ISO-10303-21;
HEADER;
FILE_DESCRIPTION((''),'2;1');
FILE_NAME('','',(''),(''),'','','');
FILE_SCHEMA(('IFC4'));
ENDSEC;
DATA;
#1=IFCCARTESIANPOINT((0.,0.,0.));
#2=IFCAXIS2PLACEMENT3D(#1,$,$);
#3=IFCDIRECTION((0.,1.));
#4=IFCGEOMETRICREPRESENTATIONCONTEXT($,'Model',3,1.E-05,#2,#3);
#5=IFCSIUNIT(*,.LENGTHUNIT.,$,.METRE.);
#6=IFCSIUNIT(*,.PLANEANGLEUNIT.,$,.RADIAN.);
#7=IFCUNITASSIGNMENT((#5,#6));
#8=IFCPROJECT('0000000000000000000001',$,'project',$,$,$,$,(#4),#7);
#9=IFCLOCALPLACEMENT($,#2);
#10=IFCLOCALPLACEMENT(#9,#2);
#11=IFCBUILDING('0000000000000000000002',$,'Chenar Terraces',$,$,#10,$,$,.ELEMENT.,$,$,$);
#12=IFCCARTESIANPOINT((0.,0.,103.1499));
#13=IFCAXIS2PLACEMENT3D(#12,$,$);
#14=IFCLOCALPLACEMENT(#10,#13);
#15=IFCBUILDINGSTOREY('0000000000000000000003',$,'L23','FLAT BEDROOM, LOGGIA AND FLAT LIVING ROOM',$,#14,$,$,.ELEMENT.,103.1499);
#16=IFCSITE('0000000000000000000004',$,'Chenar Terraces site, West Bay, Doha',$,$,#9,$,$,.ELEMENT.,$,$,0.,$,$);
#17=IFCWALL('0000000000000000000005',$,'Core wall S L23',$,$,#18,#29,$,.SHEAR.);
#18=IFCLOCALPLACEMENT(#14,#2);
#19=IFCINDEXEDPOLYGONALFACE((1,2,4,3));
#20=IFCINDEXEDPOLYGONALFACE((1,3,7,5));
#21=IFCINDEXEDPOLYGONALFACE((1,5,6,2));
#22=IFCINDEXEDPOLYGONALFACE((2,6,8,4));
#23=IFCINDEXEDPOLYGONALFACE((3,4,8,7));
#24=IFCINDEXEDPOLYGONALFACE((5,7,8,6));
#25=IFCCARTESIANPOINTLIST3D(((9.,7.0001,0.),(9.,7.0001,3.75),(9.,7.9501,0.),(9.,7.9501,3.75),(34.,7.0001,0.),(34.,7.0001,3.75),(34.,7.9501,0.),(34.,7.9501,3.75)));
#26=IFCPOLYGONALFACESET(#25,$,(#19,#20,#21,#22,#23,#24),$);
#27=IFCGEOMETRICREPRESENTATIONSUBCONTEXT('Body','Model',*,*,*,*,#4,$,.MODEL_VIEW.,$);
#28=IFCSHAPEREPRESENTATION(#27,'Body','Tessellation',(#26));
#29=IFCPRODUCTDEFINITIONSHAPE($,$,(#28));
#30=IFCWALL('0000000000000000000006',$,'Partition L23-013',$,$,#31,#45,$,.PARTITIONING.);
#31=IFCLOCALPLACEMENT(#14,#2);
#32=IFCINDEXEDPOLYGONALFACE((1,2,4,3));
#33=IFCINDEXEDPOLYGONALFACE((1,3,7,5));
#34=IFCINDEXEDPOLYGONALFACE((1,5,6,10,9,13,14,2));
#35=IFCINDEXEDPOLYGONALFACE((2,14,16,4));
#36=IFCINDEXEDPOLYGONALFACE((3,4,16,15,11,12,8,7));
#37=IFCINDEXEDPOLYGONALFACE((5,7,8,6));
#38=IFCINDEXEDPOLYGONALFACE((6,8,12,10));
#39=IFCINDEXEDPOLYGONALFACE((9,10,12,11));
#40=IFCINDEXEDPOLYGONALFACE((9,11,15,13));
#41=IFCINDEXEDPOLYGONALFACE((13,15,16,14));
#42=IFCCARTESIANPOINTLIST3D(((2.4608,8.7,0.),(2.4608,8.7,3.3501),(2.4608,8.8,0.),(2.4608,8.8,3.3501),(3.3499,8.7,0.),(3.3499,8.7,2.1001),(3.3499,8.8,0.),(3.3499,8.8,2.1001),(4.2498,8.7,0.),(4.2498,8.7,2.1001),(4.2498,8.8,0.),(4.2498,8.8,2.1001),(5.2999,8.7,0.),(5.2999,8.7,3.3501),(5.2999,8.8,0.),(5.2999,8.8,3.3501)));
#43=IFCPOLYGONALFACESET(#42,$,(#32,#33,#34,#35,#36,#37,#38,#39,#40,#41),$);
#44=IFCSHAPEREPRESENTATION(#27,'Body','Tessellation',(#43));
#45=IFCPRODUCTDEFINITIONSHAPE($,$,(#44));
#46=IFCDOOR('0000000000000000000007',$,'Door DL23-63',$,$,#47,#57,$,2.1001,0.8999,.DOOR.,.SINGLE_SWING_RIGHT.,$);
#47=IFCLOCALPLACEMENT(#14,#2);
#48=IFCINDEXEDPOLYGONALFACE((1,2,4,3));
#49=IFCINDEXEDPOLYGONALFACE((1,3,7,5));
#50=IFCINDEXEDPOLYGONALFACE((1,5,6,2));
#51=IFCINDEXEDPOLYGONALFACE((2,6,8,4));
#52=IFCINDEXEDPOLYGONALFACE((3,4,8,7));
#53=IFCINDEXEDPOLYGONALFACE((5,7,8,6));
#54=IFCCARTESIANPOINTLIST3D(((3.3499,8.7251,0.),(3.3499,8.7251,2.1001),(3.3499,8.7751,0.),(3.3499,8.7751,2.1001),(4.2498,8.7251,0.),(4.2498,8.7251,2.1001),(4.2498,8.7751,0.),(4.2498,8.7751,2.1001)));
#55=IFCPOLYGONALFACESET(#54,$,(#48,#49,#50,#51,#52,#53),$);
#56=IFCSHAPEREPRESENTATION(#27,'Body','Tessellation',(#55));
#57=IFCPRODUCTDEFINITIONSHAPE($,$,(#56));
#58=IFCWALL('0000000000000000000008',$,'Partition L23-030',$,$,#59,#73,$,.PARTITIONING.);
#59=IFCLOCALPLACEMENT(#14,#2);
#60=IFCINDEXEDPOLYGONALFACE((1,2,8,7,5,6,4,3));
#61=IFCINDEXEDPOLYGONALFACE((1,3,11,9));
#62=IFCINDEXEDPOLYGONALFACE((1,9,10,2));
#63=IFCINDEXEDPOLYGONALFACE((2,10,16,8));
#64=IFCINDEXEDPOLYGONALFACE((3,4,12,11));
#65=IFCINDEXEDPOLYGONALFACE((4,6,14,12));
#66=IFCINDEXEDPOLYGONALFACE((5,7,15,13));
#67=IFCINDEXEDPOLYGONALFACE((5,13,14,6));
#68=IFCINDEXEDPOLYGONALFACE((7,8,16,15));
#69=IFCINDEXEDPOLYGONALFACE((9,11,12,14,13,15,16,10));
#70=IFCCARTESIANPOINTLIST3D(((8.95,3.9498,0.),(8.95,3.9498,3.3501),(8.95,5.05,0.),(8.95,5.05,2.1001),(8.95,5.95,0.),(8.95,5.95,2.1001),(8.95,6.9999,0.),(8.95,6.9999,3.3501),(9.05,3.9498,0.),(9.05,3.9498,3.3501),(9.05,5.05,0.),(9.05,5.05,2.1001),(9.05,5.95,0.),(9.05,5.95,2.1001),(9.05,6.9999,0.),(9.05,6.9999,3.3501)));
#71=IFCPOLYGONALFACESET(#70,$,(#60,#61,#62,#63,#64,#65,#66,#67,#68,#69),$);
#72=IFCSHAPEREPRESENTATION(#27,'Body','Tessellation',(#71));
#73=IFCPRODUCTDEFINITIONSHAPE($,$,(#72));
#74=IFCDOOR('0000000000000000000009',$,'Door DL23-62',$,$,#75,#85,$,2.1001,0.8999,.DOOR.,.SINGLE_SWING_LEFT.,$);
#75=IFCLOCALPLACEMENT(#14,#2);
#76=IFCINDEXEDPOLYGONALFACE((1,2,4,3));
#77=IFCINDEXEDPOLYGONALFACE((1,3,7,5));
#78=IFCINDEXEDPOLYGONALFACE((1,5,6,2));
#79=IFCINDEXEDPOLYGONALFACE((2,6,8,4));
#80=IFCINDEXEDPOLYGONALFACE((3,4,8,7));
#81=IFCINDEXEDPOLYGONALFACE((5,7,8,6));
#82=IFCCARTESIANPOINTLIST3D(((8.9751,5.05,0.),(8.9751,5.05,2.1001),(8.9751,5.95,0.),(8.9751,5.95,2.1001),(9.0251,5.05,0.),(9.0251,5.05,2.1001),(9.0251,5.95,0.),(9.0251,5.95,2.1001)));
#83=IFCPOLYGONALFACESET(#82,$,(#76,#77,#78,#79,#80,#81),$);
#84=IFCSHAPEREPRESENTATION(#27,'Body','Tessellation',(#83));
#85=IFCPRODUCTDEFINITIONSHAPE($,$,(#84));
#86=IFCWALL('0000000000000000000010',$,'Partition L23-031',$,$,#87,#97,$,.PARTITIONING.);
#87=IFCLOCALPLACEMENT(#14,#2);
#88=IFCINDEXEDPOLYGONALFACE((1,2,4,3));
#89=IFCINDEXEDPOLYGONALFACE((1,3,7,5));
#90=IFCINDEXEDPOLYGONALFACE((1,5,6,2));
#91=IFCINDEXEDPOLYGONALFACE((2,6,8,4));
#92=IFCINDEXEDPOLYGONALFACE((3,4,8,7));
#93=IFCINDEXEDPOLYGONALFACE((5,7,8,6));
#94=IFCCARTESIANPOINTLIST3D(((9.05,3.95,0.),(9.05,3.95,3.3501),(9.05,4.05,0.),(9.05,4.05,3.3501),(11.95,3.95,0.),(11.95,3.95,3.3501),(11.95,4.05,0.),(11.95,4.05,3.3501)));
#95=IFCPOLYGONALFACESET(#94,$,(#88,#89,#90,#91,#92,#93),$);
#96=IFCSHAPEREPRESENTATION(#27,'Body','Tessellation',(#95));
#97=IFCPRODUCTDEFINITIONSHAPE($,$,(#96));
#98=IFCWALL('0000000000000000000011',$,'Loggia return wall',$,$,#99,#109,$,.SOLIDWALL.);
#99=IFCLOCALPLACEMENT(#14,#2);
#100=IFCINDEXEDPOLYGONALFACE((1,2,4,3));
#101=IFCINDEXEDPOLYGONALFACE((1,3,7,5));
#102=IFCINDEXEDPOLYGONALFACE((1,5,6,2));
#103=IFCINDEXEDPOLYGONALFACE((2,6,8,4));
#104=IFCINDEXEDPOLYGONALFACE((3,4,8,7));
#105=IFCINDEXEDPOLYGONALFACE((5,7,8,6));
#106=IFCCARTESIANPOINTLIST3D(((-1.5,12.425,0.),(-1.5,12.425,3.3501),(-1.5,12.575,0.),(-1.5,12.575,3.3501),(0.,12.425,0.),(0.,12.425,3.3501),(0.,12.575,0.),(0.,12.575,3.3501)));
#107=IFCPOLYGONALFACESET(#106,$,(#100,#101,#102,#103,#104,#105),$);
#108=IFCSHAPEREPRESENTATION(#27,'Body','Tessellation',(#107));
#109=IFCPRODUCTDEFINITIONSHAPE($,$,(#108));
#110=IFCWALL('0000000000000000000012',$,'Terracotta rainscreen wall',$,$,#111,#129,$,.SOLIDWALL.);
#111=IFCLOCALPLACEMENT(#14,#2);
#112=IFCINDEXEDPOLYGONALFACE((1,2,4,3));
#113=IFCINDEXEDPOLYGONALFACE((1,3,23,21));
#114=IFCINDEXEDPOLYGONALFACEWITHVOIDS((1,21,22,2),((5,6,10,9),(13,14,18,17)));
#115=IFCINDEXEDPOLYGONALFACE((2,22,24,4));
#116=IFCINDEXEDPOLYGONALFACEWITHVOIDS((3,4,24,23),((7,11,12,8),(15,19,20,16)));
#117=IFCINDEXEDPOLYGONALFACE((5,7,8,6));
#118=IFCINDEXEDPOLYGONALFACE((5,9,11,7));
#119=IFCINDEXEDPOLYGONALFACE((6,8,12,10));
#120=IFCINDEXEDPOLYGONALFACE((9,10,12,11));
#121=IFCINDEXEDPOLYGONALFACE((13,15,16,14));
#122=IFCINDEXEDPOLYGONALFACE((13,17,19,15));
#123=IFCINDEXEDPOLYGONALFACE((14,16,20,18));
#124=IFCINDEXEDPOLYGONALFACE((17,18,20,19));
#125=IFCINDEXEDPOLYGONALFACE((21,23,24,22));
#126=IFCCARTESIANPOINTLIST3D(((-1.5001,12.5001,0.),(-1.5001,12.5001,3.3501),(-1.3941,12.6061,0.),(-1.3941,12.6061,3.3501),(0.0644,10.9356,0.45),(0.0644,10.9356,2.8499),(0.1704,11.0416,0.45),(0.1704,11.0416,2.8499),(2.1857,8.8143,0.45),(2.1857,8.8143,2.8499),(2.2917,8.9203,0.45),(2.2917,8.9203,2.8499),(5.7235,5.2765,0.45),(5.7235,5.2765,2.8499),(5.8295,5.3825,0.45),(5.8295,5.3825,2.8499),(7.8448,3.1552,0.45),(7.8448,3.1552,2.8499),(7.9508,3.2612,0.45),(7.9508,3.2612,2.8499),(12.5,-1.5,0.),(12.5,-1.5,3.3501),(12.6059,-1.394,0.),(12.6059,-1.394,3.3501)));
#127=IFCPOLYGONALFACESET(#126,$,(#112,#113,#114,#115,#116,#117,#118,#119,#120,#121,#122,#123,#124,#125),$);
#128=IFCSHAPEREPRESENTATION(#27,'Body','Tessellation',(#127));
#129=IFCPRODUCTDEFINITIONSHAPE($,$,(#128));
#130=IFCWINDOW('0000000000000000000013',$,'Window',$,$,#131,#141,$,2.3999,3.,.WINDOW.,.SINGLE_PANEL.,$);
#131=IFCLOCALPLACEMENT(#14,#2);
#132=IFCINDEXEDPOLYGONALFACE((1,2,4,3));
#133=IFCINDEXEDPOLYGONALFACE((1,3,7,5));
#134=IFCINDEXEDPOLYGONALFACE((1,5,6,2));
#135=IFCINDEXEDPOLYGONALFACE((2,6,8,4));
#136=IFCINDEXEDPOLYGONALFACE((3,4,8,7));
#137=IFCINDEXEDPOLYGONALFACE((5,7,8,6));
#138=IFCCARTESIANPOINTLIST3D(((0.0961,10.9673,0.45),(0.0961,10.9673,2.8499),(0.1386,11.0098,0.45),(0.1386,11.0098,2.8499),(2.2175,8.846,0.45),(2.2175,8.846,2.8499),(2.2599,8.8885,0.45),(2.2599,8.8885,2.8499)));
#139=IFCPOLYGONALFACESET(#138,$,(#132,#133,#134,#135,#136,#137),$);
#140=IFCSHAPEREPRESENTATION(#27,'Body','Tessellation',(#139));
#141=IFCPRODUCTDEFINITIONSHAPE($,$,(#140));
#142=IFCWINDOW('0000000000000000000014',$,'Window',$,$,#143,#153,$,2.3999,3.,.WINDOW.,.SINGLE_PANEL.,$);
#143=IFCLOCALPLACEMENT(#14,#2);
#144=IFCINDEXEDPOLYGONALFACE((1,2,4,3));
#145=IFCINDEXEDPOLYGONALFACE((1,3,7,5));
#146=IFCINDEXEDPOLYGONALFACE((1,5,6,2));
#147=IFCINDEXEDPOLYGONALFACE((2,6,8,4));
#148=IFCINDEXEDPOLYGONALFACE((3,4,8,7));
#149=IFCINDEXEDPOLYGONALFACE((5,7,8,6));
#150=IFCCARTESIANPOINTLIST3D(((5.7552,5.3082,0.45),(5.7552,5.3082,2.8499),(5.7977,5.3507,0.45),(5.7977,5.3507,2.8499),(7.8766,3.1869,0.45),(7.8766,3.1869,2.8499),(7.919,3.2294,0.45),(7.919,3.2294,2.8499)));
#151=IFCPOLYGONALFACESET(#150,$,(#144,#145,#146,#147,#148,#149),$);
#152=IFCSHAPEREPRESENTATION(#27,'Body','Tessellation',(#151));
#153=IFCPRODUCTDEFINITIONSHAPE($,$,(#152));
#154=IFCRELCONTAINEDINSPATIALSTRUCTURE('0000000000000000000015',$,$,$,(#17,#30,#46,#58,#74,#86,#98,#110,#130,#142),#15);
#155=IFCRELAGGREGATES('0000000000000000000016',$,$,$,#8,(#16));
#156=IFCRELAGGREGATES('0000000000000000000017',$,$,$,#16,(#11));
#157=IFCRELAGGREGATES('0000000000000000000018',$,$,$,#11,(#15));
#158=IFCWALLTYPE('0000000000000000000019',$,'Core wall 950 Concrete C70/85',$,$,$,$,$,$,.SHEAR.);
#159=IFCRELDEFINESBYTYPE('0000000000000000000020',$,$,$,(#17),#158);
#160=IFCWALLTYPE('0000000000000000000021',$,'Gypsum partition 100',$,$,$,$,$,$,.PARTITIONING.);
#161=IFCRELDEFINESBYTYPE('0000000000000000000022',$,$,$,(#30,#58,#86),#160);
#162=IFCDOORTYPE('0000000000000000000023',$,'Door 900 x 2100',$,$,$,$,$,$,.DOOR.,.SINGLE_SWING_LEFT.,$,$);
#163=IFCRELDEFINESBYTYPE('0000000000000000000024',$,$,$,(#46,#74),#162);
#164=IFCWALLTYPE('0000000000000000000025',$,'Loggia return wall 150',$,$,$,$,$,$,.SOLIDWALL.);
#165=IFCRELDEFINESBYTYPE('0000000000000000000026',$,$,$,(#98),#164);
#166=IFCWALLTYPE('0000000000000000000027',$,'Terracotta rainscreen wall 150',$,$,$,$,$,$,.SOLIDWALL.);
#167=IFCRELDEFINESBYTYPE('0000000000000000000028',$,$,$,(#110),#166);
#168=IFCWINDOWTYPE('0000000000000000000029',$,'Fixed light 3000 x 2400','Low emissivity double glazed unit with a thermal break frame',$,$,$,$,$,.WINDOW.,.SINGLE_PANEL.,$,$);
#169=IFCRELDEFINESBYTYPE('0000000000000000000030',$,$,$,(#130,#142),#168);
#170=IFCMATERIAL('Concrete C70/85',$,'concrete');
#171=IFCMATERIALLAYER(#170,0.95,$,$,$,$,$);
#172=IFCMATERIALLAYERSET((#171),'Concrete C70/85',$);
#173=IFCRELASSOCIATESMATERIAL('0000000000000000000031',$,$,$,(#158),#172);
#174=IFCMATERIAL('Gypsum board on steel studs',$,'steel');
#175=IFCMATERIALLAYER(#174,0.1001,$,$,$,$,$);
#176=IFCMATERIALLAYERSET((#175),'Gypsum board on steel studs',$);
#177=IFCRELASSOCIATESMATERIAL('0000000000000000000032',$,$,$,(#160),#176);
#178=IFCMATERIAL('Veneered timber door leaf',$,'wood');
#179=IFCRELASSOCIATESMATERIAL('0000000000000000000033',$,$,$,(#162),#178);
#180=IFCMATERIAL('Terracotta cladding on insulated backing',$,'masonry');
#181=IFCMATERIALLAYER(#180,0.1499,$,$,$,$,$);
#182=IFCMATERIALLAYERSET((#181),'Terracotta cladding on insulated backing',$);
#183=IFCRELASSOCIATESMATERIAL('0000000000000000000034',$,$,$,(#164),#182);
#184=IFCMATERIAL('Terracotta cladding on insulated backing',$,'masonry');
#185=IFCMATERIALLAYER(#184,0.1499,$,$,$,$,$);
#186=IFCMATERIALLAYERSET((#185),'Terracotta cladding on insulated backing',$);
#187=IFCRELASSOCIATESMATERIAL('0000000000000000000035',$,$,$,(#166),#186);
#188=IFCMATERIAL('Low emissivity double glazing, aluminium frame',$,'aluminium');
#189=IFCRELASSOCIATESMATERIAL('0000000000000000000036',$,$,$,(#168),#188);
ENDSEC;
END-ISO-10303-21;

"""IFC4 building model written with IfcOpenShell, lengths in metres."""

from ifc_helpers import new_model, si_unit, direction, frame, frame_2d, origin, place, context, subcontext, project, spatial, rectangle, extrude, material, layer, layer_set, type_object, element, fill, save


model = new_model("IFC4")

# Units and contexts
model_context = context("Model", 3, precision=1e-05, world=origin(), true_north=direction((0.0, 1.0)))
body_context = subcontext(model_context, "Body", "Model", "MODEL_VIEW")
ifc_project = project(units=[si_unit("LENGTHUNIT", "METRE"), si_unit("PLANEANGLEUNIT", "RADIAN")], contexts=[model_context])

# Site, building, storey
site_placement = place(None, origin())
site = spatial("IfcSite", under=ifc_project, at=site_placement, Name="Chenar Terraces site, West Bay, Doha", CompositionType="ELEMENT", RefElevation=0.0)
building_placement = place(site_placement, origin())
building = spatial("IfcBuilding", under=site, at=building_placement, Name="Chenar Terraces", CompositionType="ELEMENT")
storey_placement = place(building_placement, frame((0.0, 0.0, 103.1499)))
storey = spatial("IfcBuildingStorey", under=building, at=storey_placement, Name="L23", Description="FLAT BEDROOM, LOGGIA AND FLAT LIVING ROOM", CompositionType="ELEMENT", Elevation=103.1499)

# Wall
ifc_material_1 = material(Name="Concrete C70/85", Category="concrete")
ifc_layer_1 = layer(ifc_material_1, 0.95)
ifc_layer_set_1 = layer_set([ifc_layer_1], Name="Concrete C70/85")
wall_type_1 = type_object("IfcWallType", Name="Core wall 950 Concrete C70/85", PredefinedType="SHEAR", material=ifc_layer_set_1)
wall_1_placement = place(storey_placement, frame((9.0, 7.4751, 0.0), z_axis=(0.0, 0.0, 1.0), x_axis=(1.0, 0.0, 0.0)))
element("IfcWall", 1, at=wall_1_placement, inside=storey, type_object=wall_type_1, Name="Core wall S L23", PredefinedType="SHEAR", context=body_context, shape_type="SweptSolid", body=[
    extrude(rectangle(XDim=25.0, YDim=0.95, at=frame_2d((12.5, 0.0))), origin(), (0.0, 0.0, 1.0), 3.75),
])

# Walls, openings, doors
ifc_material_2 = material(Name="Gypsum board on steel studs", Category="steel")
ifc_layer_2 = layer(ifc_material_2, 0.1001)
ifc_layer_set_2 = layer_set([ifc_layer_2], Name="Gypsum board on steel studs")
wall_type_2 = type_object("IfcWallType", Name="Gypsum partition 100", PredefinedType="PARTITIONING", material=ifc_layer_set_2)
wall_2_placement = place(storey_placement, frame((2.4609, 8.75, 0.0), z_axis=(0.0, 0.0, 1.0), x_axis=(1.0, 0.0, 0.0)))
wall_2 = element("IfcWall", 2, at=wall_2_placement, inside=storey, type_object=wall_type_2, Name="Partition L23-013", PredefinedType="PARTITIONING", context=body_context, shape_type="SweptSolid", body=[
    extrude(rectangle(XDim=2.8391, YDim=0.1001, at=frame_2d((1.4194, 0.0))), origin(), (0.0, 0.0, 1.0), 3.3501),
])
opening_1_placement = place(wall_2_placement, frame((0.8889, 0.0, 0.0)))
opening_1 = element("IfcOpeningElement", 3, at=opening_1_placement, cuts=wall_2, PredefinedType="OPENING", context=body_context, shape_type="SweptSolid", body=[
    extrude(rectangle(XDim=0.8999, YDim=2.1001, at=frame_2d((0.45, 1.05))), frame((0.0, 0.0601, 0.0), z_axis=(0.0, -1.0, 0.0), x_axis=(1.0, 0.0, 0.0)), (0.0, 0.0, 1.0), 0.1201),
])
ifc_material_3 = material(Name="Veneered timber door leaf", Category="wood")
door_type_1 = type_object("IfcDoorType", Name="Door 900 x 2100", OperationType="SINGLE_SWING_LEFT", PredefinedType="DOOR", material=ifc_material_3)
door_1_placement = place(opening_1_placement, frame((0.8999, 0.0, 0.0), z_axis=(0.0, 0.0, 1.0), x_axis=(-1.0, 0.0, 0.0)))
door_1 = element("IfcDoor", 4, at=door_1_placement, inside=storey, type_object=door_type_1, Name="Door DL23-63", OperationType="SINGLE_SWING_RIGHT", OverallHeight=2.1001, OverallWidth=0.8999, PredefinedType="DOOR", context=body_context, shape_type="SweptSolid", body=[
    extrude(rectangle(XDim=0.8999, YDim=2.1001, at=frame_2d((0.45, 1.05))), frame((0.0, 0.0249, 0.0), z_axis=(0.0, -1.0, 0.0), x_axis=(1.0, 0.0, 0.0)), (0.0, 0.0, 1.0), 0.05),
])
fill(opening_1, door_1)
wall_3_placement = place(storey_placement, frame((9.0, 3.95, 0.0), z_axis=(0.0, 0.0, 1.0), x_axis=(0.0, 1.0, 0.0)))
wall_3 = element("IfcWall", 5, at=wall_3_placement, inside=storey, type_object=wall_type_2, Name="Partition L23-030", PredefinedType="PARTITIONING", context=body_context, shape_type="SweptSolid", body=[
    extrude(rectangle(XDim=3.05, YDim=0.1001, at=frame_2d((1.5249, 0.0))), origin(), (0.0, 0.0, 1.0), 3.3501),
])
opening_2_placement = place(wall_3_placement, frame((1.1001, 0.0, 0.0)))
opening_2 = element("IfcOpeningElement", 6, at=opening_2_placement, cuts=wall_3, PredefinedType="OPENING", context=body_context, shape_type="SweptSolid", body=[
    extrude(rectangle(XDim=0.8999, YDim=2.1001, at=frame_2d((0.45, 1.05))), frame((0.0, 0.0601, 0.0), z_axis=(0.0, -1.0, 0.0), x_axis=(1.0, 0.0, 0.0)), (0.0, 0.0, 1.0), 0.1201),
])
door_2_placement = place(opening_2_placement, origin())
door_2 = element("IfcDoor", 7, at=door_2_placement, inside=storey, type_object=door_type_1, Name="Door DL23-62", OperationType="SINGLE_SWING_LEFT", OverallHeight=2.1001, OverallWidth=0.8999, PredefinedType="DOOR", context=body_context, shape_type="SweptSolid", body=[
    extrude(rectangle(XDim=0.8999, YDim=2.1001, at=frame_2d((0.45, 1.05))), frame((0.0, 0.0249, 0.0), z_axis=(0.0, -1.0, 0.0), x_axis=(1.0, 0.0, 0.0)), (0.0, 0.0, 1.0), 0.05),
])
fill(opening_2, door_2)

# Walls
wall_4_placement = place(storey_placement, frame((9.05, 4.0, 0.0), z_axis=(0.0, 0.0, 1.0), x_axis=(1.0, 0.0, 0.0)))
element("IfcWall", 8, at=wall_4_placement, inside=storey, type_object=wall_type_2, Name="Partition L23-031", PredefinedType="PARTITIONING", context=body_context, shape_type="SweptSolid", body=[
    extrude(rectangle(XDim=2.8999, YDim=0.1001, at=frame_2d((1.45, 0.0))), origin(), (0.0, 0.0, 1.0), 3.3501),
])
ifc_material_4 = material(Name="Terracotta cladding on insulated backing", Category="masonry")
ifc_layer_3 = layer(ifc_material_4, 0.1499)
ifc_layer_set_3 = layer_set([ifc_layer_3], Name="Terracotta cladding on insulated backing")
wall_type_3 = type_object("IfcWallType", Name="Loggia return wall 150", PredefinedType="SOLIDWALL", material=ifc_layer_set_3)
wall_5_placement = place(storey_placement, frame((-1.5, 12.5, 0.0), z_axis=(0.0, 0.0, 1.0), x_axis=(1.0, 0.0, 0.0)))
element("IfcWall", 9, at=wall_5_placement, inside=storey, type_object=wall_type_3, Name="Loggia return wall", PredefinedType="SOLIDWALL", context=body_context, shape_type="SweptSolid", body=[
    extrude(rectangle(XDim=1.5, YDim=0.1499, at=frame_2d((0.75, 0.0))), origin(), (0.0, 0.0, 1.0), 3.3501),
])

# Wall, openings, windows
ifc_material_5 = material(Name="Terracotta cladding on insulated backing", Category="masonry")
ifc_layer_4 = layer(ifc_material_5, 0.1499)
ifc_layer_set_4 = layer_set([ifc_layer_4], Name="Terracotta cladding on insulated backing")
wall_type_4 = type_object("IfcWallType", Name="Terracotta rainscreen wall 150", PredefinedType="SOLIDWALL", material=ifc_layer_set_4)
wall_6_placement = place(storey_placement, frame((-1.447, 12.553, 0.0), z_axis=(0.0, 0.0, 1.0), x_axis=(0.707107, -0.707107, 0.0)))
wall_6 = element("IfcWall", 10, at=wall_6_placement, inside=storey, type_object=wall_type_4, Name="Terracotta rainscreen wall", PredefinedType="SOLIDWALL", context=body_context, shape_type="SweptSolid", body=[
    extrude(rectangle(XDim=19.7991, YDim=0.1499, at=frame_2d((9.8994, 0.0))), origin(), (0.0, 0.0, 1.0), 3.3501),
])
opening_3_placement = place(wall_6_placement, frame((2.2124, 0.0, 0.45)))
opening_3 = element("IfcOpeningElement", 11, at=opening_3_placement, cuts=wall_6, PredefinedType="OPENING", context=body_context, shape_type="SweptSolid", body=[
    extrude(rectangle(XDim=3.0, YDim=2.3999, at=frame_2d((1.5, 1.2))), frame((0.0, 0.085, 0.0), z_axis=(0.0, -1.0, 0.0), x_axis=(1.0, 0.0, 0.0)), (0.0, 0.0, 1.0), 0.1699),
])
opening_4_placement = place(wall_6_placement, frame((10.2156, 0.0, 0.45)))
opening_4 = element("IfcOpeningElement", 12, at=opening_4_placement, cuts=wall_6, PredefinedType="OPENING", context=body_context, shape_type="SweptSolid", body=[
    extrude(rectangle(XDim=3.0, YDim=2.3999, at=frame_2d((1.5, 1.2))), frame((0.0, 0.085, 0.0), z_axis=(0.0, -1.0, 0.0), x_axis=(1.0, 0.0, 0.0)), (0.0, 0.0, 1.0), 0.1699),
])
ifc_material_6 = material(Name="Low emissivity double glazing, aluminium frame", Category="aluminium")
window_type = type_object("IfcWindowType", Name="Fixed light 3000 x 2400", Description="Low emissivity double glazed unit with a thermal break frame", PartitioningType="SINGLE_PANEL", PredefinedType="WINDOW", material=ifc_material_6)
window_1_placement = place(opening_3_placement, origin())
window_1 = element("IfcWindow", 13, at=window_1_placement, inside=storey, type_object=window_type, Name="Window", OverallHeight=2.3999, OverallWidth=3.0, PartitioningType="SINGLE_PANEL", PredefinedType="WINDOW", context=body_context, shape_type="SweptSolid", body=[
    extrude(rectangle(XDim=3.0, YDim=2.3999, at=frame_2d((1.5, 1.2))), frame((0.0, 0.03, 0.0), z_axis=(0.0, -1.0, 0.0), x_axis=(1.0, 0.0, 0.0)), (0.0, 0.0, 1.0), 0.0601),
])
fill(opening_3, window_1)
window_2_placement = place(opening_4_placement, origin())
window_2 = element("IfcWindow", 14, at=window_2_placement, inside=storey, type_object=window_type, Name="Window", OverallHeight=2.3999, OverallWidth=3.0, PartitioningType="SINGLE_PANEL", PredefinedType="WINDOW", context=body_context, shape_type="SweptSolid", body=[
    extrude(rectangle(XDim=3.0, YDim=2.3999, at=frame_2d((1.5, 1.2))), frame((0.0, 0.03, 0.0), z_axis=(0.0, -1.0, 0.0), x_axis=(1.0, 0.0, 0.0)), (0.0, 0.0, 1.0), 0.0601),
])
fill(opening_4, window_2)

save(model, "model.ifc")
